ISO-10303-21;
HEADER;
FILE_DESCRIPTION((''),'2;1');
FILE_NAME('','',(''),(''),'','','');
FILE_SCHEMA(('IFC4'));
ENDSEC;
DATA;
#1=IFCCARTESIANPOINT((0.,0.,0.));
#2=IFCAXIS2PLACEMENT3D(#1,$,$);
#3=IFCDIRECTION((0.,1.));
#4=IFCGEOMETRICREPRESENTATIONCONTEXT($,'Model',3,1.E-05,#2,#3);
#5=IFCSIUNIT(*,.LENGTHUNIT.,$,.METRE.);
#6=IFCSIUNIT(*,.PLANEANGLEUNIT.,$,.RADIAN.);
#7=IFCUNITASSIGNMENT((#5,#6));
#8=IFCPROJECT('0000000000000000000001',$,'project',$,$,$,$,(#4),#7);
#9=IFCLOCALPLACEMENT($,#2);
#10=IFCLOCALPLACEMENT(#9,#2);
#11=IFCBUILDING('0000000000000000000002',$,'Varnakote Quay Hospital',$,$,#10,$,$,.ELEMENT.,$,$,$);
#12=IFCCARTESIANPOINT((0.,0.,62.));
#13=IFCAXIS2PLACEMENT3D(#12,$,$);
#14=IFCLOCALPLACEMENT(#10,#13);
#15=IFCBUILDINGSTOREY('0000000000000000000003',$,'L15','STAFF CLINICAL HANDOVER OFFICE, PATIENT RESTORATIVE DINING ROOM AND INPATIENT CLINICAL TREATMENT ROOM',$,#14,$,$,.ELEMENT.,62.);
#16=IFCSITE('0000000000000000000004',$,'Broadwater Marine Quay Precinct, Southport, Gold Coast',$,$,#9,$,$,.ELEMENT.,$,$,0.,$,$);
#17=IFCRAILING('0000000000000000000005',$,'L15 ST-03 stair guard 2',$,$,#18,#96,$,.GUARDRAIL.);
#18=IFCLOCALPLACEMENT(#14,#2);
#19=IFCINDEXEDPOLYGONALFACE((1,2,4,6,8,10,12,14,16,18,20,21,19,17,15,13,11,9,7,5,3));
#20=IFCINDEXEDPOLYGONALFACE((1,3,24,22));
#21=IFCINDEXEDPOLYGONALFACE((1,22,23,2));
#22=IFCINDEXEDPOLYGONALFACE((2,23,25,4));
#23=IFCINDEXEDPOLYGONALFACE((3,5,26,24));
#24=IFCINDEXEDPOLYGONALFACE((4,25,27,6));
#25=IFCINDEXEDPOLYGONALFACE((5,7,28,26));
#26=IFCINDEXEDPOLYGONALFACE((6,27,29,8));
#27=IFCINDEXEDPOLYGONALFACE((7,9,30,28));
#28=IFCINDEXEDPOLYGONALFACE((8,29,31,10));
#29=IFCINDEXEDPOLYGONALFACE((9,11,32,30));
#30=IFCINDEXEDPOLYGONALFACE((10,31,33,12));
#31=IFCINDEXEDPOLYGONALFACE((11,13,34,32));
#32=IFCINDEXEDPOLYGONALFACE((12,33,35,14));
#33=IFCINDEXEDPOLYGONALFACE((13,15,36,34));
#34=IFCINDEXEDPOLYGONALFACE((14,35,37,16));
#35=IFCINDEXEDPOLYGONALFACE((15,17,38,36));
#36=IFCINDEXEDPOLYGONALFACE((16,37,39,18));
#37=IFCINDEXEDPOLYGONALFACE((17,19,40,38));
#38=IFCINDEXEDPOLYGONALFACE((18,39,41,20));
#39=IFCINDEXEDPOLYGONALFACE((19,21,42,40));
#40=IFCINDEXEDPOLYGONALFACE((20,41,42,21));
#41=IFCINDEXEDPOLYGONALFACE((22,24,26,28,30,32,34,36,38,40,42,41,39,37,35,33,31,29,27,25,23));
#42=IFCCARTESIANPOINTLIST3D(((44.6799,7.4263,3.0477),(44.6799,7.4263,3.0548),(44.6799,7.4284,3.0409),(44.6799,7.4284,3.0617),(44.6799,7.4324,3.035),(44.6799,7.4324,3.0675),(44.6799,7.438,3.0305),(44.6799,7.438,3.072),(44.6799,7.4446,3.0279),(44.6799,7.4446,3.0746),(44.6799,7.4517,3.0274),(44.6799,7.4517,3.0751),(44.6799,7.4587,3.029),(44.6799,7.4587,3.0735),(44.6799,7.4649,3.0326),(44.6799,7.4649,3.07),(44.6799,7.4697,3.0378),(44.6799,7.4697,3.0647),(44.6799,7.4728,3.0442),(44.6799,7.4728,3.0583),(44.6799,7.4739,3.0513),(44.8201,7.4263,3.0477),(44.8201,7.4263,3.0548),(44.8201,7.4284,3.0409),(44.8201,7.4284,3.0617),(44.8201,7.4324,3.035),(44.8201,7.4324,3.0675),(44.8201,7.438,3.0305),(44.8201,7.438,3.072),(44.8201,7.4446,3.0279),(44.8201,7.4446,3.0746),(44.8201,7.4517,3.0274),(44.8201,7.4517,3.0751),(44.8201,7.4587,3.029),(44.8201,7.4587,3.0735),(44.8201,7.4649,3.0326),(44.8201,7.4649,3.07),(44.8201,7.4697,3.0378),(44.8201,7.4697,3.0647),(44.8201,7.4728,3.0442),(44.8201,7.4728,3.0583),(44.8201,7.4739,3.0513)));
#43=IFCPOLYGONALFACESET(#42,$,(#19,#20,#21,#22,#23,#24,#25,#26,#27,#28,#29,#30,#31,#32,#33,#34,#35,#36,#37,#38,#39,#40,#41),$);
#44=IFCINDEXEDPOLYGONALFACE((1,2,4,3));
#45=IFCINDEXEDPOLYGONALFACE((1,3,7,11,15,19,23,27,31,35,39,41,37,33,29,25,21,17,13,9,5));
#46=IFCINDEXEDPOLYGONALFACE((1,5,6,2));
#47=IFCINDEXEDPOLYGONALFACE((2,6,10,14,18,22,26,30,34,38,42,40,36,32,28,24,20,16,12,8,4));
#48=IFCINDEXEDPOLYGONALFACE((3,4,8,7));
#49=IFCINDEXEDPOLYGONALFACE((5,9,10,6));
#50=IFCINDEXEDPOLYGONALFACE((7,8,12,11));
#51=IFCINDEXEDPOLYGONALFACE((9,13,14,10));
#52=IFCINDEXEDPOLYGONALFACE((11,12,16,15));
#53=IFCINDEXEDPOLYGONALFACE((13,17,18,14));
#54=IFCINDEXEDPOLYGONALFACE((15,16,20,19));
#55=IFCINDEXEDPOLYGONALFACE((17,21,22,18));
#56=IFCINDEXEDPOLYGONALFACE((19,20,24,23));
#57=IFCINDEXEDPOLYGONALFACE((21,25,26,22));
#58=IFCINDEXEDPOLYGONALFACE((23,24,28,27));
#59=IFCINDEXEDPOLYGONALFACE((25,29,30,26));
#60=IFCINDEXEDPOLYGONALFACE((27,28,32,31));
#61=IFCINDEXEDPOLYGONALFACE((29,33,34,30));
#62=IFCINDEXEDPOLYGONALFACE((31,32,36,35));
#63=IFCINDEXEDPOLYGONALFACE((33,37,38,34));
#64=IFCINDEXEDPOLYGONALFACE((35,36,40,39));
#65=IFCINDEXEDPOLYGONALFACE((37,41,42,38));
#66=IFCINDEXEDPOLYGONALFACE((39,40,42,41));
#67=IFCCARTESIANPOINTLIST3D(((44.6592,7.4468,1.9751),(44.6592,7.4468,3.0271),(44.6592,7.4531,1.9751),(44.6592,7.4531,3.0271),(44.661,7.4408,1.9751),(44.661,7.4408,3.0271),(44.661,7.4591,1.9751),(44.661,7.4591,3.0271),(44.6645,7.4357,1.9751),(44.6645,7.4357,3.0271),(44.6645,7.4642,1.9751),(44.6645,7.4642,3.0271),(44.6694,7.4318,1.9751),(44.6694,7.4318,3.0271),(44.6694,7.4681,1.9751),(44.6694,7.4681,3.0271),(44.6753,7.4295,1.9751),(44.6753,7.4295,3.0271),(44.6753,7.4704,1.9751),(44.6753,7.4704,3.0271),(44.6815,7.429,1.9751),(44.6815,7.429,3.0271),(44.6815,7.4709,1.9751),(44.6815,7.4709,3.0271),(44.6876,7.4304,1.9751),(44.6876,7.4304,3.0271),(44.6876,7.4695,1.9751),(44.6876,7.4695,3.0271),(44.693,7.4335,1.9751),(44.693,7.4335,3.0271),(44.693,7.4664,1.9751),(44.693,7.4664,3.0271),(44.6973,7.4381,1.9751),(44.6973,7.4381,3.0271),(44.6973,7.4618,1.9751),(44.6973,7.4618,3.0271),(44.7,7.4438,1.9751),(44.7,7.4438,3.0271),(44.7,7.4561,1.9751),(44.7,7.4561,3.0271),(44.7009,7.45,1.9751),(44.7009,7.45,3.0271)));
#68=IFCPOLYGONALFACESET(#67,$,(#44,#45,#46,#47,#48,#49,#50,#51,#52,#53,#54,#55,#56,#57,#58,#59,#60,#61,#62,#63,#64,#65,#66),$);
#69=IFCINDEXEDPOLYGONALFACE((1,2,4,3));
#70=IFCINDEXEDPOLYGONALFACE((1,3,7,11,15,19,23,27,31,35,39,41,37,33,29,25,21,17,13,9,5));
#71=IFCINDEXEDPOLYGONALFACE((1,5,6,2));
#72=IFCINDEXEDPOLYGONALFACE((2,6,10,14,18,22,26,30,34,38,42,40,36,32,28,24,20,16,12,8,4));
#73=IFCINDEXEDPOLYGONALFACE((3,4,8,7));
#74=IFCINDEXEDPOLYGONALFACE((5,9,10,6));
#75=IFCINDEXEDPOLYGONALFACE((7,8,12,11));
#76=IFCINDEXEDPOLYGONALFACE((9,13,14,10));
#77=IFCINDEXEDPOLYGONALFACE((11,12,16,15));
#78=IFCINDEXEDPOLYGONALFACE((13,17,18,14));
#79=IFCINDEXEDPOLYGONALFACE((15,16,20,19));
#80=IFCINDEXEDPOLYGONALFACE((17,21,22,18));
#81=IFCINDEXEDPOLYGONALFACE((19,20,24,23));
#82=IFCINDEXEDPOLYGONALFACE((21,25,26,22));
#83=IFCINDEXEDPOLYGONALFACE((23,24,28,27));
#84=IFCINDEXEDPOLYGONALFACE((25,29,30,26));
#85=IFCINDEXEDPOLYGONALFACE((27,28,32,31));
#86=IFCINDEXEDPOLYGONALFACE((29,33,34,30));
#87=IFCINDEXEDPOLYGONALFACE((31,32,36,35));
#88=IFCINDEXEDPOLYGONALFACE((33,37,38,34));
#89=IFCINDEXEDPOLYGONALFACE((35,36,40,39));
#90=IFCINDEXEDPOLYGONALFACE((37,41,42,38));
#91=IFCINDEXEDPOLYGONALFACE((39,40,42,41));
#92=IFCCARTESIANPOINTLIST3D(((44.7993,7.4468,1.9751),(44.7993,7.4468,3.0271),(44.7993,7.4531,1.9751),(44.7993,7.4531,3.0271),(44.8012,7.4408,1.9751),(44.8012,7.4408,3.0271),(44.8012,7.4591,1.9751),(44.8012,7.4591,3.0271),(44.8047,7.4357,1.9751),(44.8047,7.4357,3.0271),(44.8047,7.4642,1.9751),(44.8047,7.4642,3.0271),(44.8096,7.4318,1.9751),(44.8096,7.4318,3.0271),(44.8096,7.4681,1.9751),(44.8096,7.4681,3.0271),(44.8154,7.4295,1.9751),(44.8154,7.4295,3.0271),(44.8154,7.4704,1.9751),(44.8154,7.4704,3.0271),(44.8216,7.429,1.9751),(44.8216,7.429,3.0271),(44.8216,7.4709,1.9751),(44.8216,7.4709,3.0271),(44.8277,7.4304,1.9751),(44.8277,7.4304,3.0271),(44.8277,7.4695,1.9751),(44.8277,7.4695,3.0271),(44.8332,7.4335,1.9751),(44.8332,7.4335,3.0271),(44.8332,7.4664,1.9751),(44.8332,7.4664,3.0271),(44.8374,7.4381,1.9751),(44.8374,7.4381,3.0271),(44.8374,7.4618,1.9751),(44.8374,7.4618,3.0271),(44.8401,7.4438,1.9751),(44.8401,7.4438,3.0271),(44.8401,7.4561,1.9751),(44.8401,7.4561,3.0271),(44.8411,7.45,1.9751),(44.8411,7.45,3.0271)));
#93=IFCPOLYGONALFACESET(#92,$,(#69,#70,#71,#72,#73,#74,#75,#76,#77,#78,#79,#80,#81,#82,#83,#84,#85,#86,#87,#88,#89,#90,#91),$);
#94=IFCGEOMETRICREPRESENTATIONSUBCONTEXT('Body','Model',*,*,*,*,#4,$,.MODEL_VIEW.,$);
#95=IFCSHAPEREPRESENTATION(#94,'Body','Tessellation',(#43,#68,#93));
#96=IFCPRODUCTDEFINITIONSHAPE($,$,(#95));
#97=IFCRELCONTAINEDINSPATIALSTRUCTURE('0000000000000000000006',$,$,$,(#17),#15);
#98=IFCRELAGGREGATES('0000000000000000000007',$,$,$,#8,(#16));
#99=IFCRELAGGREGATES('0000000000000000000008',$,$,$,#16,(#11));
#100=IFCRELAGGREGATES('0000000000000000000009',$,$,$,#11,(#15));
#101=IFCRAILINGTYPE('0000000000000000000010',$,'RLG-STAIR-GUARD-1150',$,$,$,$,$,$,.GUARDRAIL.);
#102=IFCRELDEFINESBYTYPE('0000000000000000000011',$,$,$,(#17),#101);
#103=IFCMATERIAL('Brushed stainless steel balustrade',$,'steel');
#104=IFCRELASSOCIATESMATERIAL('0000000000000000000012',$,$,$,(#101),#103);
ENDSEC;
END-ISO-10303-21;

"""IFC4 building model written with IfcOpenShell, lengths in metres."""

from ifc_helpers import new_model, si_unit, direction, frame, origin, origin_2d, place, context, subcontext, project, spatial, circle, extrude, material, type_object, element, save


model = new_model("IFC4")

# Units and contexts
model_context = context("Model", 3, precision=1e-05, world=origin(), true_north=direction((0.0, 1.0)))
body_context = subcontext(model_context, "Body", "Model", "MODEL_VIEW")
ifc_project = project(units=[si_unit("LENGTHUNIT", "METRE"), si_unit("PLANEANGLEUNIT", "RADIAN")], contexts=[model_context])

# Site, building, storey
site_placement = place(None, origin())
site = spatial("IfcSite", under=ifc_project, at=site_placement, Name="Broadwater Marine Quay Precinct, Southport, Gold Coast", CompositionType="ELEMENT", RefElevation=0.0)
building_placement = place(site_placement, origin())
building = spatial("IfcBuilding", under=site, at=building_placement, Name="Varnakote Quay Hospital", CompositionType="ELEMENT")
storey_placement = place(building_placement, frame((0.0, 0.0, 62.0)))
storey = spatial("IfcBuildingStorey", under=building, at=storey_placement, Name="L15", Description="STAFF CLINICAL HANDOVER OFFICE, PATIENT RESTORATIVE DINING ROOM AND INPATIENT CLINICAL TREATMENT ROOM", CompositionType="ELEMENT", Elevation=62.0)

# Railing
ifc_material_1 = material(Name="Brushed stainless steel balustrade", Category="steel")
railing_type_1 = type_object("IfcRailingType", Name="RLG-STAIR-GUARD-1150", PredefinedType="GUARDRAIL", material=ifc_material_1)
railing_1_placement = place(storey_placement, frame((44.6799, 7.45, 1.9751)))
element("IfcRailing", 1, at=railing_1_placement, inside=storey, type_object=railing_type_1, Name="L15 ST-03 stair guard 2", PredefinedType="GUARDRAIL", context=body_context, shape_type="SweptSolid", body=[
    extrude(circle(Radius=0.0239, at=origin_2d()), frame((0.0, 0.0, 1.0762), z_axis=(1.0, 0.0, 0.0), x_axis=(0.0, 1.0, 0.0)), (0.0, 0.0, 1.0), 0.1401),
    extrude(circle(Radius=0.021, at=origin_2d()), origin(), (0.0, 0.0, 1.0), 1.052),
    extrude(circle(Radius=0.021, at=origin_2d()), frame((0.1401, 0.0, 0.0)), (0.0, 0.0, 1.0), 1.052),
])

save(model, "model.ifc")
